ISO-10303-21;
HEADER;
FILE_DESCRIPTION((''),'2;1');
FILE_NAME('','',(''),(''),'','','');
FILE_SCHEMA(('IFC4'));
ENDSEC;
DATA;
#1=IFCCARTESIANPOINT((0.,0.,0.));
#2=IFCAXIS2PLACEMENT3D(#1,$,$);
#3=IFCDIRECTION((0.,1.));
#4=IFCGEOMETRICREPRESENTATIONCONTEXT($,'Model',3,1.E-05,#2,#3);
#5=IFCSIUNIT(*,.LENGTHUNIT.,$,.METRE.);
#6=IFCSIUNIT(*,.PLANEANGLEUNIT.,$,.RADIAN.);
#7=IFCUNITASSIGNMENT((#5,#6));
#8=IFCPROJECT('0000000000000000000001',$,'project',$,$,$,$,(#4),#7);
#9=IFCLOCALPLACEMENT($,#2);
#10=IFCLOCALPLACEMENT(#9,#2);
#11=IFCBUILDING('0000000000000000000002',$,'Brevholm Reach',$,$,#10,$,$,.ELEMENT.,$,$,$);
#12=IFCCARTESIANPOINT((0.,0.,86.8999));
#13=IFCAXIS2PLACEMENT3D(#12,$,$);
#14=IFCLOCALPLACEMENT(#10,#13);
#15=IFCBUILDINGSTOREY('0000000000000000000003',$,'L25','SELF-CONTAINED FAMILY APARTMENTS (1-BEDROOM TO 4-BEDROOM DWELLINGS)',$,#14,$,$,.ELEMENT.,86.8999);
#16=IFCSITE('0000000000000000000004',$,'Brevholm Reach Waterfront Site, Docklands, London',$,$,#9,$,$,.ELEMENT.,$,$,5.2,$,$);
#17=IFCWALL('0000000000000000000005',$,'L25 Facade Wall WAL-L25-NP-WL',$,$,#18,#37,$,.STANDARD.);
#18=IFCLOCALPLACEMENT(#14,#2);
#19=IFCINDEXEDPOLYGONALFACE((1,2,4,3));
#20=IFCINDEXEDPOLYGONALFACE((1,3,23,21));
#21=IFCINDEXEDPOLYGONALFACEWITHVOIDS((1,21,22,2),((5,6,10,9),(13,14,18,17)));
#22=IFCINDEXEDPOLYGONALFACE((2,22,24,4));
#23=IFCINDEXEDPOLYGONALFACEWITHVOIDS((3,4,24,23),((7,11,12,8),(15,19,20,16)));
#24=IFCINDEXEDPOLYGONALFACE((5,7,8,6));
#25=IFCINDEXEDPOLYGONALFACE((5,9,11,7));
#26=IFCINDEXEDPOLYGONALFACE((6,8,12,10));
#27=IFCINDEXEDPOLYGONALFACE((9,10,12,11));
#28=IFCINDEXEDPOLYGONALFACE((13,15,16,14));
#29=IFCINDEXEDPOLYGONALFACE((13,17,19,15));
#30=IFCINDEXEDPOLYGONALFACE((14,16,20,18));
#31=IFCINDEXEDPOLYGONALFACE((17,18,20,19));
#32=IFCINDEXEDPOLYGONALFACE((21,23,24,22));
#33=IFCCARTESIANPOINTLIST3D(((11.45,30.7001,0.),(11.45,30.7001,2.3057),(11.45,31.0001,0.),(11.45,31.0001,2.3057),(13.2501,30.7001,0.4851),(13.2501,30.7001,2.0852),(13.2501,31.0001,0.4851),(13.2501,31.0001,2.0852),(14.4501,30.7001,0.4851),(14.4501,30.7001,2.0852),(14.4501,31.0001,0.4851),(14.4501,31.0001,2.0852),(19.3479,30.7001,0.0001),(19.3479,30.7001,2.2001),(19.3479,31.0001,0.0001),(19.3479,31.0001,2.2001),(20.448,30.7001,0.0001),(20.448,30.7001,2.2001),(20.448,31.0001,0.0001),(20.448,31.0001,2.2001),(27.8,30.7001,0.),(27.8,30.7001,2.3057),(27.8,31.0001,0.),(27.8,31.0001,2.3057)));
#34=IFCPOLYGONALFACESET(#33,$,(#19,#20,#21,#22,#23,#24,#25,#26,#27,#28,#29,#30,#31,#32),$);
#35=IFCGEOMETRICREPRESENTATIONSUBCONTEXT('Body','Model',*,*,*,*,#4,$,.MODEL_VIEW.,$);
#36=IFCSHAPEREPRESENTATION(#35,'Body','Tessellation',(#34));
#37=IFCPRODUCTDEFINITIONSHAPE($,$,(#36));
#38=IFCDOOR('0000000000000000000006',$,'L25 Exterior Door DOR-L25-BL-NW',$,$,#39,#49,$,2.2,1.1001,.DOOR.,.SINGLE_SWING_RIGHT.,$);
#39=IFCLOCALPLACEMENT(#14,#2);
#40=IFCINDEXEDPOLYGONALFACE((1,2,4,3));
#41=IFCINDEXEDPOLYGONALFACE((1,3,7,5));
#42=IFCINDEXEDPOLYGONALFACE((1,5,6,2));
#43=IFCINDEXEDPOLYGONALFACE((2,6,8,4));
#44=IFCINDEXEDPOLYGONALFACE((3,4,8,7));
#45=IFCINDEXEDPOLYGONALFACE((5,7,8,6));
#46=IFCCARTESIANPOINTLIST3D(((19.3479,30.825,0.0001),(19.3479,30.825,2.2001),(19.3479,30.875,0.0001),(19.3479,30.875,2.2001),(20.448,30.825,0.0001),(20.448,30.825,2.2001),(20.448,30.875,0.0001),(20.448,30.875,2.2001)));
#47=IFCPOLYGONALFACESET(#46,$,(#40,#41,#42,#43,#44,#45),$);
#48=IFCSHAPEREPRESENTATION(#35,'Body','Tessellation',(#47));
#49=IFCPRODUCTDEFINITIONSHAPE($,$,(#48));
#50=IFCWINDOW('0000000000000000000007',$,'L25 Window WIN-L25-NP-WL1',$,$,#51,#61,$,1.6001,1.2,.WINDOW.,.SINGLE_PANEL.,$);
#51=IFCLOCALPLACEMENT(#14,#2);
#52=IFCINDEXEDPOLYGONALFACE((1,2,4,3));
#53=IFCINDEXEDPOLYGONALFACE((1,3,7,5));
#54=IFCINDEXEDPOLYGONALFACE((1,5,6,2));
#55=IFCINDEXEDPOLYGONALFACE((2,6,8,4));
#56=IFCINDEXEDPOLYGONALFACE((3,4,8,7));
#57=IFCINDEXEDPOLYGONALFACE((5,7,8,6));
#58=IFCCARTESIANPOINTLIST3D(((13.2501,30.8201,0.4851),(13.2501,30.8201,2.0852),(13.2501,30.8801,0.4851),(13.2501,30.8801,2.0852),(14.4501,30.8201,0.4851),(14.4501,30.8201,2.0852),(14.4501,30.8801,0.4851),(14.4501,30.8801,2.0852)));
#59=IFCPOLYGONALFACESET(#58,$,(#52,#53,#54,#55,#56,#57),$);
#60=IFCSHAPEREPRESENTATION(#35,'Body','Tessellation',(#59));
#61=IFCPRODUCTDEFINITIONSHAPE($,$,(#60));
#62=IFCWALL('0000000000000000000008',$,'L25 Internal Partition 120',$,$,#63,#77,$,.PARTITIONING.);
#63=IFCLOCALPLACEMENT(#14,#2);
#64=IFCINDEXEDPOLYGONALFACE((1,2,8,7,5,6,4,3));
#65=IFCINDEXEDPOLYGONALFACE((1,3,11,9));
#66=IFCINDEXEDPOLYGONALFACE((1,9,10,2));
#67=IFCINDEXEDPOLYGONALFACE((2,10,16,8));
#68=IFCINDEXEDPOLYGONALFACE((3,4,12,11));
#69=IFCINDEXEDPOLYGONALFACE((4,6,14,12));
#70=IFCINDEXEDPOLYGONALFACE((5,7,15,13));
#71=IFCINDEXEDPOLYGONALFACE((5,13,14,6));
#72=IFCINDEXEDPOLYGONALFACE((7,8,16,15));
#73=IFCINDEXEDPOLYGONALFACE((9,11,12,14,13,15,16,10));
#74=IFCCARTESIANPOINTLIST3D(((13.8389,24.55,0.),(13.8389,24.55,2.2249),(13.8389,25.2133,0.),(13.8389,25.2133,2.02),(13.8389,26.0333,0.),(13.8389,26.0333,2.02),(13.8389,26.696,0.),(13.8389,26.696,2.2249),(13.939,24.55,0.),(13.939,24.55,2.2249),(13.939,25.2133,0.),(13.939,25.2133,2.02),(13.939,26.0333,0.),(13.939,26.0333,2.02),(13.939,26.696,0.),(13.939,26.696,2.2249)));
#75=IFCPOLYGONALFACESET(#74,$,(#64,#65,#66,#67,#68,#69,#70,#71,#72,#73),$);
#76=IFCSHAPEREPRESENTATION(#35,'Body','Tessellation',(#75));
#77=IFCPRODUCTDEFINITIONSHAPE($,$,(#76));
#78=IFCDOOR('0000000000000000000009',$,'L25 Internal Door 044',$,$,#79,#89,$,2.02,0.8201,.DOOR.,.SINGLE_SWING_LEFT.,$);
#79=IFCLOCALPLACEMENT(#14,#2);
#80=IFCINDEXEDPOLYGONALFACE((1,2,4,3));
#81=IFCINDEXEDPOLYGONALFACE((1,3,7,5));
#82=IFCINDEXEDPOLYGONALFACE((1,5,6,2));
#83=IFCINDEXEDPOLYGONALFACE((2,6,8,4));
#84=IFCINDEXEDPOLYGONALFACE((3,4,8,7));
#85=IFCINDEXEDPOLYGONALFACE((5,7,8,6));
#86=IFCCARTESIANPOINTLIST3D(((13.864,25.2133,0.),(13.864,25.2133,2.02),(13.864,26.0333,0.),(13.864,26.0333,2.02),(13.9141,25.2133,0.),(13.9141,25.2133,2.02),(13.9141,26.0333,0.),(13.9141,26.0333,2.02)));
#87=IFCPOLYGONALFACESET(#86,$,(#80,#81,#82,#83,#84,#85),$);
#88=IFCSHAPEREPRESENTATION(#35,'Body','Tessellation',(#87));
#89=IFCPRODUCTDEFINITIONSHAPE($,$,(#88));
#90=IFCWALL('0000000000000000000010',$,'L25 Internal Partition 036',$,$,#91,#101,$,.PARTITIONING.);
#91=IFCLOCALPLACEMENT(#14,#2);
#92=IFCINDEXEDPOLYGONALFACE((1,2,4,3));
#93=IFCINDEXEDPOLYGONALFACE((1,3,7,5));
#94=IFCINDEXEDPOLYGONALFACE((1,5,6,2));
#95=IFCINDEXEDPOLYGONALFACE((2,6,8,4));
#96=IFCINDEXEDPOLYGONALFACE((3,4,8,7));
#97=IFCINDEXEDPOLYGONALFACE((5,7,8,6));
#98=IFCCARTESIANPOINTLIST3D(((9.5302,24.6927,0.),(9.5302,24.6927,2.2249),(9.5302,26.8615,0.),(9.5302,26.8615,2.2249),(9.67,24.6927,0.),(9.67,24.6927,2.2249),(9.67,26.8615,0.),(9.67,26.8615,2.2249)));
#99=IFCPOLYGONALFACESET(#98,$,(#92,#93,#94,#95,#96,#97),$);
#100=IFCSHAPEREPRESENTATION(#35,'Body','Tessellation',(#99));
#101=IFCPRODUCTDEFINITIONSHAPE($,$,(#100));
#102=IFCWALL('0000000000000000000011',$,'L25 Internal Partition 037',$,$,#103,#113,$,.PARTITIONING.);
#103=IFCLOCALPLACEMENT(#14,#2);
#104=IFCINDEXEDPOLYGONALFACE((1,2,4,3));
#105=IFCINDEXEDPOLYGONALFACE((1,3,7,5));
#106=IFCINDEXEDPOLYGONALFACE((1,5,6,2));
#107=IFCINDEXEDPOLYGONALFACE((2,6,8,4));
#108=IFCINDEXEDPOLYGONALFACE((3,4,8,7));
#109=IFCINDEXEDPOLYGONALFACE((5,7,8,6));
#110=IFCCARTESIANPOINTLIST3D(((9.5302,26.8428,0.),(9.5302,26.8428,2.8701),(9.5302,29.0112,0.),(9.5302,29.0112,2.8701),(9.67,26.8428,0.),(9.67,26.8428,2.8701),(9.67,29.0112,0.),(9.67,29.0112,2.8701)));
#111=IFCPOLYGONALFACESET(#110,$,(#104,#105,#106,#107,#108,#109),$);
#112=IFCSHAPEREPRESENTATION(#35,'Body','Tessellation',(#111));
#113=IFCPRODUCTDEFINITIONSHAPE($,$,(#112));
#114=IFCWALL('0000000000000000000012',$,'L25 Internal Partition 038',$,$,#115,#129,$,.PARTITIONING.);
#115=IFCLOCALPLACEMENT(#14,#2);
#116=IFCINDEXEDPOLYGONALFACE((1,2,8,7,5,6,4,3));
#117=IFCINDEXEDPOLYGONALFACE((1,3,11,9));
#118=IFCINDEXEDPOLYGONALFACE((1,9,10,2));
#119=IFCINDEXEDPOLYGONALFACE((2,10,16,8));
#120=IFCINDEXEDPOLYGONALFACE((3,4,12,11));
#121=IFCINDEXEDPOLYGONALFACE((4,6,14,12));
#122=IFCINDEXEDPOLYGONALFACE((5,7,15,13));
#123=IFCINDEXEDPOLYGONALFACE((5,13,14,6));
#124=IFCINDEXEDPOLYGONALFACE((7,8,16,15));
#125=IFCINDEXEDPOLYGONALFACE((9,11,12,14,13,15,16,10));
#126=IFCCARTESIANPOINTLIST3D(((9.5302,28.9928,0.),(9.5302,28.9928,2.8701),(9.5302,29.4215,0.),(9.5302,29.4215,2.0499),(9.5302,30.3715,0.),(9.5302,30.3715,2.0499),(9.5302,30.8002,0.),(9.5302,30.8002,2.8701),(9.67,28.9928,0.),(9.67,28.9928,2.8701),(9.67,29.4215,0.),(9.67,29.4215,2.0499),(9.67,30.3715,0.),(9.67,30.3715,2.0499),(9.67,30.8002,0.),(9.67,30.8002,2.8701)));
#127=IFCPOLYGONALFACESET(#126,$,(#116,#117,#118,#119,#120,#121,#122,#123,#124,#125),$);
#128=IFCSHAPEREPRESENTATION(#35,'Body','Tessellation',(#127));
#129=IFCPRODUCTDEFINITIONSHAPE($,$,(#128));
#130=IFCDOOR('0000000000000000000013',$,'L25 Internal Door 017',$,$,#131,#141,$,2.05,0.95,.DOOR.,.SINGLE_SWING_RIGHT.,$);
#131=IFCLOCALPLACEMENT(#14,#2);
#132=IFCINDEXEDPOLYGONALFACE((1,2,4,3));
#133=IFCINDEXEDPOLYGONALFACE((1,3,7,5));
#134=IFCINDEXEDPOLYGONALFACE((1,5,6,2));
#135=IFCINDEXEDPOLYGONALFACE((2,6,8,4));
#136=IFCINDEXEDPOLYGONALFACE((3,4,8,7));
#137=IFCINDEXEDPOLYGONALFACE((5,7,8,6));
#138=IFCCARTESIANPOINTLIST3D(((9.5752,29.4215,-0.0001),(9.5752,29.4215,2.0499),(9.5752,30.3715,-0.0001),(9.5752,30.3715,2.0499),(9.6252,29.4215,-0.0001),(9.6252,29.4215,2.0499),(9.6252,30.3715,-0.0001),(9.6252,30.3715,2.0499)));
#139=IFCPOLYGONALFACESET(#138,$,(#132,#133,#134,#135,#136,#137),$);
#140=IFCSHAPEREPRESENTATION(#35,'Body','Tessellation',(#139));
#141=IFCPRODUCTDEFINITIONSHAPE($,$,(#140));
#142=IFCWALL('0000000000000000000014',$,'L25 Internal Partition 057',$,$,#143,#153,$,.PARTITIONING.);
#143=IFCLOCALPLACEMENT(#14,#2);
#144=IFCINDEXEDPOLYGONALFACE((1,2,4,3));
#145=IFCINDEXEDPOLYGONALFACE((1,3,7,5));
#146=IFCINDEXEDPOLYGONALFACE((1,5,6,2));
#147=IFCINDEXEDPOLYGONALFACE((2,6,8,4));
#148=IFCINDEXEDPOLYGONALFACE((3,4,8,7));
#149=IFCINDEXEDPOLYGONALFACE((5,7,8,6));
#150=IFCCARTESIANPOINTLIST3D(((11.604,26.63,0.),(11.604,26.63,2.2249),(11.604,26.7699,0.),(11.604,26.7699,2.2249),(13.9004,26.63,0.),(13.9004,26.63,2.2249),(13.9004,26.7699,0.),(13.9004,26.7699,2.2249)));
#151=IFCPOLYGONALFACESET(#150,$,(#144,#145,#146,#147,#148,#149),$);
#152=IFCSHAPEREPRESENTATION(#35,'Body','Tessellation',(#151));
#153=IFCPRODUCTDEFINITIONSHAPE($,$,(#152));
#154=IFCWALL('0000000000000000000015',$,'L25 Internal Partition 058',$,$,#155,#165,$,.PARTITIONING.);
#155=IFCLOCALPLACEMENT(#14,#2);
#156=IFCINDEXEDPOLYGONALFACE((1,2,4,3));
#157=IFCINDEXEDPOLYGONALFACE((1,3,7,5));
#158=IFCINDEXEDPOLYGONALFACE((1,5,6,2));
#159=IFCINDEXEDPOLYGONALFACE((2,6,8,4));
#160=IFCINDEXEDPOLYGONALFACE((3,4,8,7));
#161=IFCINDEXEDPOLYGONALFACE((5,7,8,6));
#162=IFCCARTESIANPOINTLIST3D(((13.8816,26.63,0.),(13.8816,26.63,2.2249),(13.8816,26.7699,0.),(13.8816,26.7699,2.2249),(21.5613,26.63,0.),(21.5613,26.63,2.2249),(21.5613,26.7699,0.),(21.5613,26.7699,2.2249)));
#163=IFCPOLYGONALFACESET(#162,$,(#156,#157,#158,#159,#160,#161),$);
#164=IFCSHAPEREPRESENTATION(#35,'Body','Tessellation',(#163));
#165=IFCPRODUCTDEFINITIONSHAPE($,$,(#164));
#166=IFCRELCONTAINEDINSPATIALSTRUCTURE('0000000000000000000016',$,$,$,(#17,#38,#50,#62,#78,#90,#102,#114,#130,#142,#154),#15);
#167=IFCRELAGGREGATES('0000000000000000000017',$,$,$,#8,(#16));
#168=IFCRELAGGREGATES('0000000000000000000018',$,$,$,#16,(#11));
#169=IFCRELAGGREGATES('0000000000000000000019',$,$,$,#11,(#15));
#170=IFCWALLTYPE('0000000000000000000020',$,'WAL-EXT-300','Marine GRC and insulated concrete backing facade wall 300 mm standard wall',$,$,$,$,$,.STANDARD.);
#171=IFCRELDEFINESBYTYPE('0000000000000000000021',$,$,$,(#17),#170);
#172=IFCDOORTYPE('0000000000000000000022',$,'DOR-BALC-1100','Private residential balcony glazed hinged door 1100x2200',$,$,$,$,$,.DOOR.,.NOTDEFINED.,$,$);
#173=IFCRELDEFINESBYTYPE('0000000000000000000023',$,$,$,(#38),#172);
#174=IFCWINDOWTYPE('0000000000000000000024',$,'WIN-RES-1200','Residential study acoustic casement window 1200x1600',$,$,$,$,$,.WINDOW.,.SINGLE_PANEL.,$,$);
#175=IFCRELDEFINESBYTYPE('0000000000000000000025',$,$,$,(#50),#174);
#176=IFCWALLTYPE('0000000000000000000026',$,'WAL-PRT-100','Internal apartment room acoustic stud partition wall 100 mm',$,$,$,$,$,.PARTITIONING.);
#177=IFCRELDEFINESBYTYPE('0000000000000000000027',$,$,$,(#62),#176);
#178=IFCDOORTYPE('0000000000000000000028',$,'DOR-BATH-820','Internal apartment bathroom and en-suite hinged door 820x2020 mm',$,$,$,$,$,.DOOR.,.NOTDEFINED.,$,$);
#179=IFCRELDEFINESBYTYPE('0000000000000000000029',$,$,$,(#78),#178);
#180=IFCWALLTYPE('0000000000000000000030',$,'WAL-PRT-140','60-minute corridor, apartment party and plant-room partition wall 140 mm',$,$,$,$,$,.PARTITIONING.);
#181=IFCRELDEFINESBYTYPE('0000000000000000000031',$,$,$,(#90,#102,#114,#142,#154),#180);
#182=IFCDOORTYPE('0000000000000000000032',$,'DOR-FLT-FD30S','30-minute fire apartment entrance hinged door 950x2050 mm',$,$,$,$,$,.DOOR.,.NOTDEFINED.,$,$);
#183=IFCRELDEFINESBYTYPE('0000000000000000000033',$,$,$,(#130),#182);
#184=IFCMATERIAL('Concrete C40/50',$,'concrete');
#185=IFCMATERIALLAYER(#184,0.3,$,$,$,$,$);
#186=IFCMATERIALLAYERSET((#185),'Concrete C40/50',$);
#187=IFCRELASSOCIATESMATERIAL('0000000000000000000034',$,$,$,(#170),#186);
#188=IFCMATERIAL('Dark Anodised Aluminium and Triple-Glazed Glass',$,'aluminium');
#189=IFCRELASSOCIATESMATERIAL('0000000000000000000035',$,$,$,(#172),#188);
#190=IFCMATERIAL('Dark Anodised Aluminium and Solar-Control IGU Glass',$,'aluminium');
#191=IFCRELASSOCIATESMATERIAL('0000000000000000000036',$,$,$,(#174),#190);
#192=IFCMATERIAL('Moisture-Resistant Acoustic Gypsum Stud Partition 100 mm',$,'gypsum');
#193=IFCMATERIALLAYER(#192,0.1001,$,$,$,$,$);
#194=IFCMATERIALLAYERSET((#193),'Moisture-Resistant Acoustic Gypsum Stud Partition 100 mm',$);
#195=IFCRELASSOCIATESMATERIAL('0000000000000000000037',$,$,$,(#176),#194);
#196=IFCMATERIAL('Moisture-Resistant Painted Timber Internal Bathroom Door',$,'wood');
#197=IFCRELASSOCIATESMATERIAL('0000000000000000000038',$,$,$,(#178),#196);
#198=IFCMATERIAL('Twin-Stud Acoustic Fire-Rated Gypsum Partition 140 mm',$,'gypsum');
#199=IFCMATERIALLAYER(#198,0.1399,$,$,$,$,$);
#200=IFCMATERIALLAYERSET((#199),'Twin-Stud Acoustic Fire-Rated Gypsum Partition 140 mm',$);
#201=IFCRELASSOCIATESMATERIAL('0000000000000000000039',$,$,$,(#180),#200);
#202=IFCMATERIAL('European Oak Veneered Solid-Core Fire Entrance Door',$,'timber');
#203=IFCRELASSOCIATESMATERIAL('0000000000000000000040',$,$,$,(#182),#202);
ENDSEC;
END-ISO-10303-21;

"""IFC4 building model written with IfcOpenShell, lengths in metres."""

from ifc_helpers import new_model, si_unit, direction, frame, frame_2d, origin, place, context, subcontext, project, spatial, rectangle, extrude, material, layer, layer_set, type_object, element, fill, save


model = new_model("IFC4")

# Units and contexts
model_context = context("Model", 3, precision=1e-05, world=origin(), true_north=direction((0.0, 1.0)))
body_context = subcontext(model_context, "Body", "Model", "MODEL_VIEW")
ifc_project = project(units=[si_unit("LENGTHUNIT", "METRE"), si_unit("PLANEANGLEUNIT", "RADIAN")], contexts=[model_context])

# Site, building, storey
site_placement = place(None, origin())
site = spatial("IfcSite", under=ifc_project, at=site_placement, Name="Brevholm Reach Waterfront Site, Docklands, London", CompositionType="ELEMENT", RefElevation=5.2)
building_placement = place(site_placement, origin())
building = spatial("IfcBuilding", under=site, at=building_placement, Name="Brevholm Reach", CompositionType="ELEMENT")
storey_placement = place(building_placement, frame((0.0, 0.0, 86.8999)))
storey = spatial("IfcBuildingStorey", under=building, at=storey_placement, Name="L25", Description="SELF-CONTAINED FAMILY APARTMENTS (1-BEDROOM TO 4-BEDROOM DWELLINGS)", CompositionType="ELEMENT", Elevation=86.8999)

# Wall, openings, door, window
ifc_material_1 = material(Name="Concrete C40/50", Category="concrete")
ifc_layer_1 = layer(ifc_material_1, 0.3)
ifc_layer_set_1 = layer_set([ifc_layer_1], Name="Concrete C40/50")
wall_type_1 = type_object("IfcWallType", Name="WAL-EXT-300", Description="Marine GRC and insulated concrete backing facade wall 300 mm standard wall", PredefinedType="STANDARD", material=ifc_layer_set_1)
wall_1_placement = place(storey_placement, frame((11.45, 30.8501, 0.0), z_axis=(0.0, 0.0, 1.0), x_axis=(1.0, 0.0, 0.0)))
wall_1 = element("IfcWall", 1, at=wall_1_placement, inside=storey, type_object=wall_type_1, Name="L25 Facade Wall WAL-L25-NP-WL", PredefinedType="STANDARD", context=body_context, shape_type="SweptSolid", body=[
    extrude(rectangle(XDim=16.3501, YDim=0.3, at=frame_2d((8.175, 0.0))), origin(), (0.0, 0.0, 1.0), 2.3057),
])
opening_1_placement = place(wall_1_placement, frame((7.8979, 0.0, 0.0)))
opening_1 = element("IfcOpeningElement", 2, at=opening_1_placement, cuts=wall_1, PredefinedType="OPENING", context=body_context, shape_type="SweptSolid", body=[
    extrude(rectangle(XDim=1.1001, YDim=2.2, at=frame_2d((0.55, 1.1001))), frame((0.0, 0.1599, 0.0), z_axis=(0.0, -1.0, 0.0), x_axis=(1.0, 0.0, 0.0)), (0.0, 0.0, 1.0), 0.3201),
])
opening_2_placement = place(wall_1_placement, frame((1.8, 0.0, 0.4851)))
opening_2 = element("IfcOpeningElement", 3, at=opening_2_placement, cuts=wall_1, PredefinedType="OPENING", context=body_context, shape_type="SweptSolid", body=[
    extrude(rectangle(XDim=1.2, YDim=1.6001, at=frame_2d((0.6001, 0.8))), frame((0.0, 0.1599, 0.0), z_axis=(0.0, -1.0, 0.0), x_axis=(1.0, 0.0, 0.0)), (0.0, 0.0, 1.0), 0.3201),
])
ifc_material_2 = material(Name="Dark Anodised Aluminium and Triple-Glazed Glass", Category="aluminium")
door_type_1 = type_object("IfcDoorType", Name="DOR-BALC-1100", Description="Private residential balcony glazed hinged door 1100x2200", OperationType="NOTDEFINED", PredefinedType="DOOR", material=ifc_material_2)
door_1_placement = place(opening_1_placement, origin())
door_1 = element("IfcDoor", 4, at=door_1_placement, inside=storey, type_object=door_type_1, Name="L25 Exterior Door DOR-L25-BL-NW", OperationType="SINGLE_SWING_RIGHT", OverallHeight=2.2, OverallWidth=1.1001, PredefinedType="DOOR", context=body_context, shape_type="SweptSolid", body=[
    extrude(rectangle(XDim=1.1001, YDim=2.2, at=frame_2d((0.55, 1.1001))), frame((0.0, 0.0249, 0.0), z_axis=(0.0, -1.0, 0.0), x_axis=(1.0, 0.0, 0.0)), (0.0, 0.0, 1.0), 0.05),
])
fill(opening_1, door_1)
ifc_material_3 = material(Name="Dark Anodised Aluminium and Solar-Control IGU Glass", Category="aluminium")
window_type = type_object("IfcWindowType", Name="WIN-RES-1200", Description="Residential study acoustic casement window 1200x1600", PartitioningType="SINGLE_PANEL", PredefinedType="WINDOW", material=ifc_material_3)
window_placement = place(opening_2_placement, origin())
window = element("IfcWindow", 5, at=window_placement, inside=storey, type_object=window_type, Name="L25 Window WIN-L25-NP-WL1", OverallHeight=1.6001, OverallWidth=1.2, PartitioningType="SINGLE_PANEL", PredefinedType="WINDOW", context=body_context, shape_type="SweptSolid", body=[
    extrude(rectangle(XDim=1.2, YDim=1.6001, at=frame_2d((0.6001, 0.8))), frame((0.0, 0.03, 0.0), z_axis=(0.0, -1.0, 0.0), x_axis=(1.0, 0.0, 0.0)), (0.0, 0.0, 1.0), 0.0601),
])
fill(opening_2, window)

# Wall, opening, door
ifc_material_4 = material(Name="Moisture-Resistant Acoustic Gypsum Stud Partition 100 mm", Category="gypsum")
ifc_layer_2 = layer(ifc_material_4, 0.1001)
ifc_layer_set_2 = layer_set([ifc_layer_2], Name="Moisture-Resistant Acoustic Gypsum Stud Partition 100 mm")
wall_type_2 = type_object("IfcWallType", Name="WAL-PRT-100", Description="Internal apartment room acoustic stud partition wall 100 mm", PredefinedType="PARTITIONING", material=ifc_layer_set_2)
wall_2_placement = place(storey_placement, frame((13.8889, 24.55, 0.0), z_axis=(0.0, 0.0, 1.0), x_axis=(0.0, 1.0, 0.0)))
wall_2 = element("IfcWall", 6, at=wall_2_placement, inside=storey, type_object=wall_type_2, Name="L25 Internal Partition 120", PredefinedType="PARTITIONING", context=body_context, shape_type="SweptSolid", body=[
    extrude(rectangle(XDim=2.146, YDim=0.1001, at=frame_2d((1.073, 0.0))), origin(), (0.0, 0.0, 1.0), 2.2249),
])
opening_3_placement = place(wall_2_placement, frame((0.6631, 0.0, 0.0)))
opening_3 = element("IfcOpeningElement", 7, at=opening_3_placement, cuts=wall_2, PredefinedType="OPENING", context=body_context, shape_type="SweptSolid", body=[
    extrude(rectangle(XDim=0.8201, YDim=2.02, at=frame_2d((0.4102, 1.01))), frame((0.0, 0.0601, 0.0), z_axis=(0.0, -1.0, 0.0), x_axis=(1.0, 0.0, 0.0)), (0.0, 0.0, 1.0), 0.1201),
])
ifc_material_5 = material(Name="Moisture-Resistant Painted Timber Internal Bathroom Door", Category="wood")
door_type_2 = type_object("IfcDoorType", Name="DOR-BATH-820", Description="Internal apartment bathroom and en-suite hinged door 820x2020 mm", OperationType="NOTDEFINED", PredefinedType="DOOR", material=ifc_material_5)
door_2_placement = place(opening_3_placement, origin())
door_2 = element("IfcDoor", 8, at=door_2_placement, inside=storey, type_object=door_type_2, Name="L25 Internal Door 044", OperationType="SINGLE_SWING_LEFT", OverallHeight=2.02, OverallWidth=0.8201, PredefinedType="DOOR", context=body_context, shape_type="SweptSolid", body=[
    extrude(rectangle(XDim=0.8201, YDim=2.02, at=frame_2d((0.4102, 1.01))), frame((0.0, 0.0249, 0.0), z_axis=(0.0, -1.0, 0.0), x_axis=(1.0, 0.0, 0.0)), (0.0, 0.0, 1.0), 0.05),
])
fill(opening_3, door_2)

# Walls
ifc_material_6 = material(Name="Twin-Stud Acoustic Fire-Rated Gypsum Partition 140 mm", Category="gypsum")
ifc_layer_3 = layer(ifc_material_6, 0.1399)
ifc_layer_set_3 = layer_set([ifc_layer_3], Name="Twin-Stud Acoustic Fire-Rated Gypsum Partition 140 mm")
wall_type_3 = type_object("IfcWallType", Name="WAL-PRT-140", Description="60-minute corridor, apartment party and plant-room partition wall 140 mm", PredefinedType="PARTITIONING", material=ifc_layer_set_3)
wall_3_placement = place(storey_placement, frame((9.6001, 24.6926, 0.0), z_axis=(0.0, 0.0, 1.0), x_axis=(0.0, 1.0, 0.0)))
element("IfcWall", 9, at=wall_3_placement, inside=storey, type_object=wall_type_3, Name="L25 Internal Partition 036", PredefinedType="PARTITIONING", context=body_context, shape_type="SweptSolid", body=[
    extrude(rectangle(XDim=2.1687, YDim=0.1399, at=frame_2d((1.0845, 0.0))), origin(), (0.0, 0.0, 1.0), 2.2249),
])
wall_4_placement = place(storey_placement, frame((9.6001, 26.8428, 0.0), z_axis=(0.0, 0.0, 1.0), x_axis=(0.0, 1.0, 0.0)))
element("IfcWall", 10, at=wall_4_placement, inside=storey, type_object=wall_type_3, Name="L25 Internal Partition 037", PredefinedType="PARTITIONING", context=body_context, shape_type="SweptSolid", body=[
    extrude(rectangle(XDim=2.1685, YDim=0.1399, at=frame_2d((1.0842, 0.0))), origin(), (0.0, 0.0, 1.0), 2.8701),
])

# Wall, opening, door
wall_5_placement = place(storey_placement, frame((9.6001, 28.9927, 0.0), z_axis=(0.0, 0.0, 1.0), x_axis=(0.0, 1.0, 0.0)))
wall_5 = element("IfcWall", 11, at=wall_5_placement, inside=storey, type_object=wall_type_3, Name="L25 Internal Partition 038", PredefinedType="PARTITIONING", context=body_context, shape_type="SweptSolid", body=[
    extrude(rectangle(XDim=1.8074, YDim=0.1399, at=frame_2d((0.9038, 0.0))), origin(), (0.0, 0.0, 1.0), 2.8701),
])
opening_4_placement = place(wall_5_placement, frame((0.4287, 0.0, 0.0)))
opening_4 = element("IfcOpeningElement", 12, at=opening_4_placement, cuts=wall_5, PredefinedType="OPENING", context=body_context, shape_type="SweptSolid", body=[
    extrude(rectangle(XDim=0.95, YDim=2.05, at=frame_2d((0.4751, 1.0249))), frame((0.0, 0.0798, 0.0), z_axis=(0.0, -1.0, 0.0), x_axis=(1.0, 0.0, 0.0)), (0.0, 0.0, 1.0), 0.1599),
])
ifc_material_7 = material(Name="European Oak Veneered Solid-Core Fire Entrance Door", Category="timber")
door_type_3 = type_object("IfcDoorType", Name="DOR-FLT-FD30S", Description="30-minute fire apartment entrance hinged door 950x2050 mm", OperationType="NOTDEFINED", PredefinedType="DOOR", material=ifc_material_7)
door_3_placement = place(opening_4_placement, origin())
door_3 = element("IfcDoor", 13, at=door_3_placement, inside=storey, type_object=door_type_3, Name="L25 Internal Door 017", OperationType="SINGLE_SWING_RIGHT", OverallHeight=2.05, OverallWidth=0.95, PredefinedType="DOOR", context=body_context, shape_type="SweptSolid", body=[
    extrude(rectangle(XDim=0.95, YDim=2.05, at=frame_2d((0.4751, 1.0249))), frame((0.0, 0.0249, 0.0), z_axis=(0.0, -1.0, 0.0), x_axis=(1.0, 0.0, 0.0)), (0.0, 0.0, 1.0), 0.05),
])
fill(opening_4, door_3)

# Walls
wall_6_placement = place(storey_placement, frame((11.604, 26.7, 0.0), z_axis=(0.0, 0.0, 1.0), x_axis=(1.0, 0.0, 0.0)))
element("IfcWall", 14, at=wall_6_placement, inside=storey, type_object=wall_type_3, Name="L25 Internal Partition 057", PredefinedType="PARTITIONING", context=body_context, shape_type="SweptSolid", body=[
    extrude(rectangle(XDim=2.2964, YDim=0.1399, at=frame_2d((1.1482, 0.0))), origin(), (0.0, 0.0, 1.0), 2.2249),
])
wall_7_placement = place(storey_placement, frame((13.8816, 26.7, 0.0), z_axis=(0.0, 0.0, 1.0), x_axis=(1.0, 0.0, 0.0)))
element("IfcWall", 15, at=wall_7_placement, inside=storey, type_object=wall_type_3, Name="L25 Internal Partition 058", PredefinedType="PARTITIONING", context=body_context, shape_type="SweptSolid", body=[
    extrude(rectangle(XDim=7.6797, YDim=0.1399, at=frame_2d((3.8398, 0.0))), origin(), (0.0, 0.0, 1.0), 2.2249),
])

save(model, "model.ifc")
